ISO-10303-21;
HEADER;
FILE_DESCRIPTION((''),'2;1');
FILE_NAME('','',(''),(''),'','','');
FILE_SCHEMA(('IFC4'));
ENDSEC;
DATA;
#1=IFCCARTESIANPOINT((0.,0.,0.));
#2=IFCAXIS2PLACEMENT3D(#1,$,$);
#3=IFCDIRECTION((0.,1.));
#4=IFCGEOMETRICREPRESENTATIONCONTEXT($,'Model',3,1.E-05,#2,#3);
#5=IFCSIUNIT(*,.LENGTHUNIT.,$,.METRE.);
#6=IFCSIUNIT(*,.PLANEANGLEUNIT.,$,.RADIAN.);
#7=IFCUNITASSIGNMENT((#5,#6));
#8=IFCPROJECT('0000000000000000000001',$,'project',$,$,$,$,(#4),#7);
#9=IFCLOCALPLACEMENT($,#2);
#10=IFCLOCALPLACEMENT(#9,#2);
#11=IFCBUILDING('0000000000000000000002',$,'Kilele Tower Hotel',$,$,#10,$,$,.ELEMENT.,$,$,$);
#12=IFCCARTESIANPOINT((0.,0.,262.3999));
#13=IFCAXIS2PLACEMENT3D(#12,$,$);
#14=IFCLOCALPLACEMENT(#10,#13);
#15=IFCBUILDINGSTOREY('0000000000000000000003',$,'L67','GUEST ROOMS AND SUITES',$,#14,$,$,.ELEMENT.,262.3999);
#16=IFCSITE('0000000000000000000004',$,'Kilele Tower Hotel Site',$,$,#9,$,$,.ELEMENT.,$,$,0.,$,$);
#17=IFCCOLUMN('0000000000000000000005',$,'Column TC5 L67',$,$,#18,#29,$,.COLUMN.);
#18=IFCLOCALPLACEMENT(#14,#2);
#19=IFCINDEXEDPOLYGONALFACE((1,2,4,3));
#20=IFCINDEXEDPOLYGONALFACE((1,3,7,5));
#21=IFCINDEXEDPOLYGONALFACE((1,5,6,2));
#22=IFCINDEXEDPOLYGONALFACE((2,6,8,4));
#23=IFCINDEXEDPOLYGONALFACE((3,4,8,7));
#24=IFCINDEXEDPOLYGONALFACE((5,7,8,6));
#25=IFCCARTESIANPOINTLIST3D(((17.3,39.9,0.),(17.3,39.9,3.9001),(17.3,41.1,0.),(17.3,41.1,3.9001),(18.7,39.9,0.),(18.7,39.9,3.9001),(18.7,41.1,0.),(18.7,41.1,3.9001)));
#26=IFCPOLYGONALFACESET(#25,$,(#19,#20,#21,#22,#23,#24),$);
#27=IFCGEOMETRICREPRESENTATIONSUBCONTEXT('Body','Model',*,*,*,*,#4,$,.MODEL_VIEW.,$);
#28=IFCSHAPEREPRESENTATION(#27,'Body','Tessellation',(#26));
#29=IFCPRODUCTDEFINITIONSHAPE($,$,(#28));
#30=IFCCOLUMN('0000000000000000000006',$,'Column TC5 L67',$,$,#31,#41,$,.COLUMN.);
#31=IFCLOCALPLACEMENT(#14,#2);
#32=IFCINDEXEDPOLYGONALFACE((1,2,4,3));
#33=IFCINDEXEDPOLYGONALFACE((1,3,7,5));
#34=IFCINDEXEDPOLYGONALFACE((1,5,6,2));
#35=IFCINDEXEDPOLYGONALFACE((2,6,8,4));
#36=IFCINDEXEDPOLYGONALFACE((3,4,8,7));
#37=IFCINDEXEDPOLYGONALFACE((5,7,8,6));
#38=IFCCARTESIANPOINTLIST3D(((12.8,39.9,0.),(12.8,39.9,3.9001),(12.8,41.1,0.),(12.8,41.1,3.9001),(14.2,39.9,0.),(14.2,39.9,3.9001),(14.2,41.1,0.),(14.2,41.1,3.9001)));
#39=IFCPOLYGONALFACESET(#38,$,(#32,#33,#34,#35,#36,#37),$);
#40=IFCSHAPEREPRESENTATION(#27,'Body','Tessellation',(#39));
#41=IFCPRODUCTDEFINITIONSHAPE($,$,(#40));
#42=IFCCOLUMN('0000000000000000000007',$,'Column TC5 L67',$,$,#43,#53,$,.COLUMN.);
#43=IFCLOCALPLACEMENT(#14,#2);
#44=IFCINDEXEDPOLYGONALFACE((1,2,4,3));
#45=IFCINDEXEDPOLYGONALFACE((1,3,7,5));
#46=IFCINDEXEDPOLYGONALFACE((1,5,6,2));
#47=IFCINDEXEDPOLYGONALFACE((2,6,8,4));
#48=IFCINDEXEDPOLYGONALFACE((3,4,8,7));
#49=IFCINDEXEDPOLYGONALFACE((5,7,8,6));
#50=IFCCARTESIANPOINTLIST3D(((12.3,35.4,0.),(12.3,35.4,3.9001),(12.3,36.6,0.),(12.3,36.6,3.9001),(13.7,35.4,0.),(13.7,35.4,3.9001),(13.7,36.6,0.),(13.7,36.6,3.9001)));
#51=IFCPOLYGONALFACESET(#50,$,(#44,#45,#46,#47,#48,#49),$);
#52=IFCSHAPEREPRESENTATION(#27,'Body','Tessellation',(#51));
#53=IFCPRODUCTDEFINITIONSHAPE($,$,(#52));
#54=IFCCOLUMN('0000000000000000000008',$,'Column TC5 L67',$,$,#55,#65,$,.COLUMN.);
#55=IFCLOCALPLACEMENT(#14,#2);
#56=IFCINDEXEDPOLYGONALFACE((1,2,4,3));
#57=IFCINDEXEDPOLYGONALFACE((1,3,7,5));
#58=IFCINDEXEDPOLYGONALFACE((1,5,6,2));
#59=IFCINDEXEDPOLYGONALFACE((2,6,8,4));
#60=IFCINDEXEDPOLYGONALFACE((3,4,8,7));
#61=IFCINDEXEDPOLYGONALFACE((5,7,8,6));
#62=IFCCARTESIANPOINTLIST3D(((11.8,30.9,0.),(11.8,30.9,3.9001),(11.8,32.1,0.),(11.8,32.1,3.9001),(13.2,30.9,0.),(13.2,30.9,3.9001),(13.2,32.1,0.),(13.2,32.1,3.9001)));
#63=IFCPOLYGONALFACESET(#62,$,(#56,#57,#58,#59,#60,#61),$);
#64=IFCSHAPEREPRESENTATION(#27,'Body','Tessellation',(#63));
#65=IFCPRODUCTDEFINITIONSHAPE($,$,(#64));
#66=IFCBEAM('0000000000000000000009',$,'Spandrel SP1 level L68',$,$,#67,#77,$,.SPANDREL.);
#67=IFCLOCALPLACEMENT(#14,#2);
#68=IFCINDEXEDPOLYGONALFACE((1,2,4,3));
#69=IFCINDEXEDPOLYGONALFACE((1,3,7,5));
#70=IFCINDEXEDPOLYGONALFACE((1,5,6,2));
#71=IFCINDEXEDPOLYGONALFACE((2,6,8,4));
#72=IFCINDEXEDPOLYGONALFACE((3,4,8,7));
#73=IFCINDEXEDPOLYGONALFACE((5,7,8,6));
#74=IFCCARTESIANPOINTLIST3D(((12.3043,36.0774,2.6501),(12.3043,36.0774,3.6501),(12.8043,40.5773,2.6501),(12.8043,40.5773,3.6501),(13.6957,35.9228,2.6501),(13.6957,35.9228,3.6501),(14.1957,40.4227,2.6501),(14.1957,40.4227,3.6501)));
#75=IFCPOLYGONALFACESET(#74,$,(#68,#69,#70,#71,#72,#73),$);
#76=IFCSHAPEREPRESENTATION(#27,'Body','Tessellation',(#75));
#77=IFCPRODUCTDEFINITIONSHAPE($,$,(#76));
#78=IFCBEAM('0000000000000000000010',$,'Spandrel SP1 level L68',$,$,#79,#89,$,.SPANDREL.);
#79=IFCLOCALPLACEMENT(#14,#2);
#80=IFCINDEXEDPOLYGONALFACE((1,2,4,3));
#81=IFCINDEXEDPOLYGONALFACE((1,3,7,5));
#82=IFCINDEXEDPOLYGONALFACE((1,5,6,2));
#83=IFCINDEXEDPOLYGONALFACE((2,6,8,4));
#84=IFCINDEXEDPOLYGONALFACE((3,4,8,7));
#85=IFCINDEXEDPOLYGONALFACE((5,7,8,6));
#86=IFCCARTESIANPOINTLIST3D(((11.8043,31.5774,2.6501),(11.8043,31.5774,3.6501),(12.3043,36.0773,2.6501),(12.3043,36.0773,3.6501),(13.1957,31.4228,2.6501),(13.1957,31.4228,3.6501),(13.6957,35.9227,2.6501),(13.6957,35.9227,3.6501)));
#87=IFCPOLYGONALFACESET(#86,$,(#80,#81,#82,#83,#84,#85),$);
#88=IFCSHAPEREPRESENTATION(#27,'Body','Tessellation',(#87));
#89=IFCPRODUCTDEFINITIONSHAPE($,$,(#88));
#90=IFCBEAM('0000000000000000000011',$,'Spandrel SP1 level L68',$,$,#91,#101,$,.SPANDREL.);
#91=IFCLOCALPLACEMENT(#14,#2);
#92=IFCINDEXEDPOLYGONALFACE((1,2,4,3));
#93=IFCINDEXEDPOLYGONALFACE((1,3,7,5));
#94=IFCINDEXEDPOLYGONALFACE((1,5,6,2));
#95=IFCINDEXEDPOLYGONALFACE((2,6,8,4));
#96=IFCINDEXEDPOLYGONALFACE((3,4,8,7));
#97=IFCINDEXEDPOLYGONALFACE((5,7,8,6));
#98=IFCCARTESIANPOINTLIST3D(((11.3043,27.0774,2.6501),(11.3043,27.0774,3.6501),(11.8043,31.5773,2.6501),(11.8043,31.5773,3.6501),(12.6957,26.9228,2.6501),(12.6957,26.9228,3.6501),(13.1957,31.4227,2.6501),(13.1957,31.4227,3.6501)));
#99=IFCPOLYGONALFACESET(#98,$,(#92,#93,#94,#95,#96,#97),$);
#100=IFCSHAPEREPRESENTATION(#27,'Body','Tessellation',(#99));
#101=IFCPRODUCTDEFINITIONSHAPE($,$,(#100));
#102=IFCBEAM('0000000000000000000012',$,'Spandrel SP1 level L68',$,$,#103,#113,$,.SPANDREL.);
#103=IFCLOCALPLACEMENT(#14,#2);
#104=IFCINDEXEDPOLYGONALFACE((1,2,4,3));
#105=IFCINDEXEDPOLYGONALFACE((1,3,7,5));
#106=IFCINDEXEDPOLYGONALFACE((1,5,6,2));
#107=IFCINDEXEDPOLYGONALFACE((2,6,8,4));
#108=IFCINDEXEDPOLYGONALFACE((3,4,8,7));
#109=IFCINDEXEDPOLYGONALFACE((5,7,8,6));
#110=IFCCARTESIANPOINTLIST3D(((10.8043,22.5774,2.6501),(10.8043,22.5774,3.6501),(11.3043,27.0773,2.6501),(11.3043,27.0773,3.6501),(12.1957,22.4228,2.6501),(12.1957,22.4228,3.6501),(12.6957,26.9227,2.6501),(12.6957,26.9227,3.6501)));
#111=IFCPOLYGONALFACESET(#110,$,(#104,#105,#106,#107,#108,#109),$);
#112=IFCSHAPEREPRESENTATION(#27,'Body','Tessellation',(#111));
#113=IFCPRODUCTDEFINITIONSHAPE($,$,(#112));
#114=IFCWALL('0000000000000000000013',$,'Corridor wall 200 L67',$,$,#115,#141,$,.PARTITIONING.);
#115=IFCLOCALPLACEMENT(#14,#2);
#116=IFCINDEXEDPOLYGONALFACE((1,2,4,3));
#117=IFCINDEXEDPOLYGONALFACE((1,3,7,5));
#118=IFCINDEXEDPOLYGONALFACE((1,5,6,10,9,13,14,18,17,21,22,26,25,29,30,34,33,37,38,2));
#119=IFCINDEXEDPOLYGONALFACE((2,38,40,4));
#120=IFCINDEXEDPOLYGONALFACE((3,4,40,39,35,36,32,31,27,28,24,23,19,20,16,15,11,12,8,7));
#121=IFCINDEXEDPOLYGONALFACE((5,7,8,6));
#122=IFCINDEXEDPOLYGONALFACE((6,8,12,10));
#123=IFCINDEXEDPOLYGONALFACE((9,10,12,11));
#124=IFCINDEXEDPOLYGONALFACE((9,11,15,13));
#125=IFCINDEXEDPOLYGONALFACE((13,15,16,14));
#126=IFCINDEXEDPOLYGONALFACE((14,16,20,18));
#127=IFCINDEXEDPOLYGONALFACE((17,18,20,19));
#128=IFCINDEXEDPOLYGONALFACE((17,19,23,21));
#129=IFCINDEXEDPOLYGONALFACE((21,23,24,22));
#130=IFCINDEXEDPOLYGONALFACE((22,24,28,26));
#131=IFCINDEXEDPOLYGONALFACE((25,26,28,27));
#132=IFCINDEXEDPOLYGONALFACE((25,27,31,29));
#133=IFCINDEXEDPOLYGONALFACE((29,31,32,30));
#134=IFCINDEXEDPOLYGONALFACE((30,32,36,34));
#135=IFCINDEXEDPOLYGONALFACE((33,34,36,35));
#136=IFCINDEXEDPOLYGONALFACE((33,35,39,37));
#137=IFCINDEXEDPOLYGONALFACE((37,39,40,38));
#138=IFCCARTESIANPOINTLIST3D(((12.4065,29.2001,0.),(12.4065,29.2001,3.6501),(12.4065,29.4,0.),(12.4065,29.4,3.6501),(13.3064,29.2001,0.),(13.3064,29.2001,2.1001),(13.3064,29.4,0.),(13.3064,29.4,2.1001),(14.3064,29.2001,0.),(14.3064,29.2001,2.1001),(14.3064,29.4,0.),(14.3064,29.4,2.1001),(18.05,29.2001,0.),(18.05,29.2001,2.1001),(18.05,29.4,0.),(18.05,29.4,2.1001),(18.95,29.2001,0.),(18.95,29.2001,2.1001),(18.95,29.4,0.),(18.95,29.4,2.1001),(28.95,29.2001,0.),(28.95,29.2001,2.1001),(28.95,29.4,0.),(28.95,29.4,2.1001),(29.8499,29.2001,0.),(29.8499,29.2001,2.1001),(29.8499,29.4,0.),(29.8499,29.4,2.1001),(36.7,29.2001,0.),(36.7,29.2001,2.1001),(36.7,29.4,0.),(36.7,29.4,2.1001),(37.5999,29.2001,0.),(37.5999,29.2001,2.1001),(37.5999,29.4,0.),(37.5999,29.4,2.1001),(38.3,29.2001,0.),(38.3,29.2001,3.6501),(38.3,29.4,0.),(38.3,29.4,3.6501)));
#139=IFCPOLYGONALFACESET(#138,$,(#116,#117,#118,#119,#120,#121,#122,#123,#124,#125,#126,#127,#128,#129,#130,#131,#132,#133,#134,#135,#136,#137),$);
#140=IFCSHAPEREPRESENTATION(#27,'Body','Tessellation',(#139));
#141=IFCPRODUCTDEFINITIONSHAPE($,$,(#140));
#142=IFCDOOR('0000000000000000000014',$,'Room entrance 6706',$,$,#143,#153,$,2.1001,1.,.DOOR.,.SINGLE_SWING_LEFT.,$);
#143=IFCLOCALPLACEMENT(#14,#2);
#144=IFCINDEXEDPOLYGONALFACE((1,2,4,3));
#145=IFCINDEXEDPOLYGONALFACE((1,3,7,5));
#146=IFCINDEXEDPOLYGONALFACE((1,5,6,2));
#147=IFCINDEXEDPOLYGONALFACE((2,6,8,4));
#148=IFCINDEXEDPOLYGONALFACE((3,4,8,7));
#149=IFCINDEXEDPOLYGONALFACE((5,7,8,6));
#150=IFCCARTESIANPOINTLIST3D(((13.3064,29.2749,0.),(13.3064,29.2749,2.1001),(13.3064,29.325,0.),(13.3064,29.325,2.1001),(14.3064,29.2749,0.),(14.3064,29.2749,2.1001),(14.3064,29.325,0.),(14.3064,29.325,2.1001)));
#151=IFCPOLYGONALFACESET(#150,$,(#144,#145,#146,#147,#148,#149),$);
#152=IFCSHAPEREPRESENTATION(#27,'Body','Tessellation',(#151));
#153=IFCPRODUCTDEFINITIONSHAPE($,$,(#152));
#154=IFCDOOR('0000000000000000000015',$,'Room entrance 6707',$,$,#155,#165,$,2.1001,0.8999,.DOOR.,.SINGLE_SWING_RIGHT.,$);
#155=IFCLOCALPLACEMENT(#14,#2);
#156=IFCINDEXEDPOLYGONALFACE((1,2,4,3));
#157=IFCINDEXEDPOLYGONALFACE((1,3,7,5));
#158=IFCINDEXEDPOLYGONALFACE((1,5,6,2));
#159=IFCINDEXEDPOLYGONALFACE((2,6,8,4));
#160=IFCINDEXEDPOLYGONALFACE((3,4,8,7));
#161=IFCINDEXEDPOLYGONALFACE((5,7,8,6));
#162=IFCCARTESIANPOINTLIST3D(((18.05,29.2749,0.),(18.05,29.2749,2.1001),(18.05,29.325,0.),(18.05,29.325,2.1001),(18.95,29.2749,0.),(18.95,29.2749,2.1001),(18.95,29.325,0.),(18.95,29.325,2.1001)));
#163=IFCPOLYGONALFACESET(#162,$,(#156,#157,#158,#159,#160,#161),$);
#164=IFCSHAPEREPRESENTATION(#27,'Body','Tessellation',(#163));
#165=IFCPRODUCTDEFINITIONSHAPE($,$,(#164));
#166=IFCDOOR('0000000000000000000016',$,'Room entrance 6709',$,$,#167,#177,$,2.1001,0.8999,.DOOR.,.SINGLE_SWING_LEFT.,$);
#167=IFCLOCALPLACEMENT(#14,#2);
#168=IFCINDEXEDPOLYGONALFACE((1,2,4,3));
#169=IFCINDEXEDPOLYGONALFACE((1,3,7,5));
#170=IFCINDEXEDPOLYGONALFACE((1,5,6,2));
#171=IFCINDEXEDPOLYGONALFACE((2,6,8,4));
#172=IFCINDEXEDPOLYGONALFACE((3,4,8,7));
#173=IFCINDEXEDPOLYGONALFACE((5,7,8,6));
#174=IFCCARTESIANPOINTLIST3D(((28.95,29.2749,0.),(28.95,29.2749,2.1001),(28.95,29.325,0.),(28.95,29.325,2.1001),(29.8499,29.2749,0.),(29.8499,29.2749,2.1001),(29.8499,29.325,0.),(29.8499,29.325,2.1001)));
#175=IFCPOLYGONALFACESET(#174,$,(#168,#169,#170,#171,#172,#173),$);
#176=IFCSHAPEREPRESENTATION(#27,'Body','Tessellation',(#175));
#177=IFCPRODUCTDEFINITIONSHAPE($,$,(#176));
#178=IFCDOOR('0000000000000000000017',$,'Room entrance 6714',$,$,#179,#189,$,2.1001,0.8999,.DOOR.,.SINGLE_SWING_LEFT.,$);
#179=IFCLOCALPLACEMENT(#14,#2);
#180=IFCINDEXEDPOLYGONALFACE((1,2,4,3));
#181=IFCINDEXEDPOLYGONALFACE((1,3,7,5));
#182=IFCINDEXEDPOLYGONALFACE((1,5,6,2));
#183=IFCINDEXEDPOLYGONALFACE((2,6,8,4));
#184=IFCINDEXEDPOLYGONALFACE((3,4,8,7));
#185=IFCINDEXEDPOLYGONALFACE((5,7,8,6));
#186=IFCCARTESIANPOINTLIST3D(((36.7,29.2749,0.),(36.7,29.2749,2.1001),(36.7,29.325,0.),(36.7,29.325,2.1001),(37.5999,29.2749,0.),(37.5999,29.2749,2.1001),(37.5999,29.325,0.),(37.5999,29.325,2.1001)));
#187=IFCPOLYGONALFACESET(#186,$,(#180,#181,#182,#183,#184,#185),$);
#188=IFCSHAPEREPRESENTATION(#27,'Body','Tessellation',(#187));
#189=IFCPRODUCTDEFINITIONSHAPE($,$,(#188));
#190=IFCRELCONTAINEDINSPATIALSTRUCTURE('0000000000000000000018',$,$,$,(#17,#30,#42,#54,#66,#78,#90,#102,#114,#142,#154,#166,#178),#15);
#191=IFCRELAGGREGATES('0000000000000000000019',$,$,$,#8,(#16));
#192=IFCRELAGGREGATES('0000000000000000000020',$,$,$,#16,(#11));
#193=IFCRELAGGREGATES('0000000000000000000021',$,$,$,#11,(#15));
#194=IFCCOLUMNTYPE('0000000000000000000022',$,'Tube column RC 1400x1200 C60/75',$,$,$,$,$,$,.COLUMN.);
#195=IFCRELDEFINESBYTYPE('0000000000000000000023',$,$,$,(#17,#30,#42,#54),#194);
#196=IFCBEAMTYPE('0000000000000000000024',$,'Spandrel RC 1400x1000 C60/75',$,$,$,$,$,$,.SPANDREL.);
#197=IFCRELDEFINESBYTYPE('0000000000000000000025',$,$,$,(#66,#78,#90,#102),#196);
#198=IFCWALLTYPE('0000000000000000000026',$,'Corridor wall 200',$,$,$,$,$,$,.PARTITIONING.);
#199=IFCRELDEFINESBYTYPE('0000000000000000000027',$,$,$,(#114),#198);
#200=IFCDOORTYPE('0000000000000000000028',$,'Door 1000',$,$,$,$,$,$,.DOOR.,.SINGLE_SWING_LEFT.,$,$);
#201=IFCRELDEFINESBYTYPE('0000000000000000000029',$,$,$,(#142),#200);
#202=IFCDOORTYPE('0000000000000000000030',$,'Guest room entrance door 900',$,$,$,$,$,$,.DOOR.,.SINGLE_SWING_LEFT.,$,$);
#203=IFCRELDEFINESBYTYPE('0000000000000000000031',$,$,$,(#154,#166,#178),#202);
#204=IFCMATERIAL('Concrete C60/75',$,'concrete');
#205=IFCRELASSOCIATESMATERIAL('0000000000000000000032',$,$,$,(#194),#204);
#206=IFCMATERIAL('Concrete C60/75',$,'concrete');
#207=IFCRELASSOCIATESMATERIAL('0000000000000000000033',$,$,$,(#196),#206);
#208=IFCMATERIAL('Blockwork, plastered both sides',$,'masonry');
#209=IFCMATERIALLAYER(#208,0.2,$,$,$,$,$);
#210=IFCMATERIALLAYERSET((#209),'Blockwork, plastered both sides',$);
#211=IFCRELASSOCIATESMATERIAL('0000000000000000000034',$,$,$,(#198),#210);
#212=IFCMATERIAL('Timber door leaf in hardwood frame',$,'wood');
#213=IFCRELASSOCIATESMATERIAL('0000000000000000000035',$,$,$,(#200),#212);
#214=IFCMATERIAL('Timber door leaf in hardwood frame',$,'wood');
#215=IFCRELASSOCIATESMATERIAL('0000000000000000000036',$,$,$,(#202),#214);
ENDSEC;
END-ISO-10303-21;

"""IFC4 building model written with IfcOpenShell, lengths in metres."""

from ifc_helpers import new_model, si_unit, direction, frame, frame_2d, origin, origin_2d, place, context, subcontext, project, spatial, rectangle, extrude, material, layer, layer_set, material_profile, profile_set, type_object, element, fill, save


model = new_model("IFC4")

# Units and contexts
model_context = context("Model", 3, precision=1e-05, world=origin(), true_north=direction((0.0, 1.0)))
body_context = subcontext(model_context, "Body", "Model", "MODEL_VIEW")
ifc_project = project(units=[si_unit("LENGTHUNIT", "METRE"), si_unit("PLANEANGLEUNIT", "RADIAN")], contexts=[model_context])

# Site, building, storey
site_placement = place(None, origin())
site = spatial("IfcSite", under=ifc_project, at=site_placement, Name="Kilele Tower Hotel Site", CompositionType="ELEMENT", RefElevation=0.0)
building_placement = place(site_placement, origin())
building = spatial("IfcBuilding", under=site, at=building_placement, Name="Kilele Tower Hotel", CompositionType="ELEMENT")
storey_placement = place(building_placement, frame((0.0, 0.0, 262.3999)))
storey = spatial("IfcBuildingStorey", under=building, at=storey_placement, Name="L67", Description="GUEST ROOMS AND SUITES", CompositionType="ELEMENT", Elevation=262.3999)

# Columns
ifc_material_1 = material(Name="Concrete C60/75", Category="concrete")
ifc_material_profile_1 = material_profile(ifc_material_1, rectangle(XDim=1.3999, YDim=1.2, at=origin_2d()))
ifc_profile_set_1 = profile_set([ifc_material_profile_1], Name="Concrete C60/75")
column_type = type_object("IfcColumnType", Name="Tube column RC 1400x1200 C60/75", PredefinedType="COLUMN", material=ifc_profile_set_1)
for number, where, z_axis, x_axis, name in (
    (1, (18.0, 40.5, 0.0), (0.0, 0.0, 1.0), (1.0, 0.0, 0.0), "Column TC5 L67"),
    (2, (13.5, 40.5, 0.0), (0.0, 0.0, 1.0), (1.0, 0.0, 0.0), "Column TC5 L67"),
    (3, (13.0, 36.0, 0.0), (0.0, 0.0, 1.0), (1.0, 0.0, 0.0), "Column TC5 L67"),
    (4, (12.5, 31.5, 0.0), (0.0, 0.0, 1.0), (1.0, 0.0, 0.0), "Column TC5 L67"),
):
    element("IfcColumn", number, at=place(storey_placement, frame(where, z_axis=z_axis, x_axis=x_axis)), inside=storey, type_object=column_type, Name=name, PredefinedType="COLUMN", context=body_context, shape_type="SweptSolid", body=[
        extrude(rectangle(XDim=1.3999, YDim=1.2, at=origin_2d()), origin(), (0.0, 0.0, 1.0), 3.9001),
    ])

# Beams
ifc_material_2 = material(Name="Concrete C60/75", Category="concrete")
ifc_material_profile_2 = material_profile(ifc_material_2, rectangle(XDim=1.3999, YDim=1.0, at=origin_2d()))
ifc_profile_set_2 = profile_set([ifc_material_profile_2], Name="Concrete C60/75")
beam_type = type_object("IfcBeamType", Name="Spandrel RC 1400x1000 C60/75", PredefinedType="SPANDREL", material=ifc_profile_set_2)
for number, where, z_axis, x_axis, name in (
    (5, (13.5, 40.5, 3.1501), (-0.110432, -0.993884, 0.0), (0.993884, -0.110432, 0.0), "Spandrel SP1 level L68"),
    (6, (13.0, 36.0, 3.1501), (-0.110432, -0.993884, 0.0), (0.993884, -0.110432, 0.0), "Spandrel SP1 level L68"),
    (7, (12.5, 31.5, 3.1501), (-0.110432, -0.993884, 0.0), (0.993884, -0.110432, 0.0), "Spandrel SP1 level L68"),
    (8, (12.0, 27.0, 3.1501), (-0.110432, -0.993884, 0.0), (0.993884, -0.110432, 0.0), "Spandrel SP1 level L68"),
):
    element("IfcBeam", number, at=place(storey_placement, frame(where, z_axis=z_axis, x_axis=x_axis)), inside=storey, type_object=beam_type, Name=name, PredefinedType="SPANDREL", context=body_context, shape_type="SweptSolid", body=[
        extrude(rectangle(XDim=1.3999, YDim=1.0, at=origin_2d()), origin(), (0.0, 0.0, 1.0), 4.5276),
    ])

# Wall, openings, doors
ifc_material_3 = material(Name="Blockwork, plastered both sides", Category="masonry")
ifc_layer_1 = layer(ifc_material_3, 0.2)
ifc_layer_set_1 = layer_set([ifc_layer_1], Name="Blockwork, plastered both sides")
wall_type_1 = type_object("IfcWallType", Name="Corridor wall 200", PredefinedType="PARTITIONING", material=ifc_layer_set_1)
wall_1_placement = place(storey_placement, frame((12.4065, 29.3, 0.0), z_axis=(0.0, 0.0, 1.0), x_axis=(1.0, 0.0, 0.0)))
wall_1 = element("IfcWall", 9, at=wall_1_placement, inside=storey, type_object=wall_type_1, Name="Corridor wall 200 L67", PredefinedType="PARTITIONING", context=body_context, shape_type="SweptSolid", body=[
    extrude(rectangle(XDim=25.8936, YDim=0.2, at=frame_2d((12.9468, 0.0))), origin(), (0.0, 0.0, 1.0), 3.6501),
])
opening_1_placement = place(wall_1_placement, frame((0.8999, 0.0, 0.0)))
opening_1 = element("IfcOpeningElement", 10, at=opening_1_placement, cuts=wall_1, PredefinedType="OPENING", context=body_context, shape_type="SweptSolid", body=[
    extrude(rectangle(XDim=1.0, YDim=2.1001, at=frame_2d((0.5, 1.05))), frame((0.0, 0.1099, 0.0), z_axis=(0.0, -1.0, 0.0), x_axis=(1.0, 0.0, 0.0)), (0.0, 0.0, 1.0), 0.22),
])
opening_2_placement = place(wall_1_placement, frame((5.6436, 0.0, 0.0)))
opening_2 = element("IfcOpeningElement", 11, at=opening_2_placement, cuts=wall_1, PredefinedType="OPENING", context=body_context, shape_type="SweptSolid", body=[
    extrude(rectangle(XDim=0.8999, YDim=2.1001, at=frame_2d((0.45, 1.05))), frame((0.0, 0.1099, 0.0), z_axis=(0.0, -1.0, 0.0), x_axis=(1.0, 0.0, 0.0)), (0.0, 0.0, 1.0), 0.22),
])
opening_3_placement = place(wall_1_placement, frame((16.5435, 0.0, 0.0)))
opening_3 = element("IfcOpeningElement", 12, at=opening_3_placement, cuts=wall_1, PredefinedType="OPENING", context=body_context, shape_type="SweptSolid", body=[
    extrude(rectangle(XDim=0.8999, YDim=2.1001, at=frame_2d((0.45, 1.05))), frame((0.0, 0.1099, 0.0), z_axis=(0.0, -1.0, 0.0), x_axis=(1.0, 0.0, 0.0)), (0.0, 0.0, 1.0), 0.22),
])
opening_4_placement = place(wall_1_placement, frame((24.2935, 0.0, 0.0)))
opening_4 = element("IfcOpeningElement", 13, at=opening_4_placement, cuts=wall_1, PredefinedType="OPENING", context=body_context, shape_type="SweptSolid", body=[
    extrude(rectangle(XDim=0.8999, YDim=2.1001, at=frame_2d((0.45, 1.05))), frame((0.0, 0.1099, 0.0), z_axis=(0.0, -1.0, 0.0), x_axis=(1.0, 0.0, 0.0)), (0.0, 0.0, 1.0), 0.22),
])
ifc_material_4 = material(Name="Timber door leaf in hardwood frame", Category="wood")
door_type_1 = type_object("IfcDoorType", Name="Door 1000", OperationType="SINGLE_SWING_LEFT", PredefinedType="DOOR", material=ifc_material_4)
door_1_placement = place(opening_1_placement, origin())
door_1 = element("IfcDoor", 14, at=door_1_placement, inside=storey, type_object=door_type_1, Name="Room entrance 6706", OperationType="SINGLE_SWING_LEFT", OverallHeight=2.1001, OverallWidth=1.0, PredefinedType="DOOR", context=body_context, shape_type="SweptSolid", body=[
    extrude(rectangle(XDim=1.0, YDim=2.1001, at=frame_2d((0.5, 1.05))), frame((0.0, 0.0249, 0.0), z_axis=(0.0, -1.0, 0.0), x_axis=(1.0, 0.0, 0.0)), (0.0, 0.0, 1.0), 0.05),
])
fill(opening_1, door_1)
ifc_material_5 = material(Name="Timber door leaf in hardwood frame", Category="wood")
door_type_2 = type_object("IfcDoorType", Name="Guest room entrance door 900", OperationType="SINGLE_SWING_LEFT", PredefinedType="DOOR", material=ifc_material_5)
door_2_placement = place(opening_2_placement, origin())
door_2 = element("IfcDoor", 15, at=door_2_placement, inside=storey, type_object=door_type_2, Name="Room entrance 6707", OperationType="SINGLE_SWING_RIGHT", OverallHeight=2.1001, OverallWidth=0.8999, PredefinedType="DOOR", context=body_context, shape_type="SweptSolid", body=[
    extrude(rectangle(XDim=0.8999, YDim=2.1001, at=frame_2d((0.45, 1.05))), frame((0.0, 0.0249, 0.0), z_axis=(0.0, -1.0, 0.0), x_axis=(1.0, 0.0, 0.0)), (0.0, 0.0, 1.0), 0.05),
])
fill(opening_2, door_2)
door_3_placement = place(opening_3_placement, origin())
door_3 = element("IfcDoor", 16, at=door_3_placement, inside=storey, type_object=door_type_2, Name="Room entrance 6709", OperationType="SINGLE_SWING_LEFT", OverallHeight=2.1001, OverallWidth=0.8999, PredefinedType="DOOR", context=body_context, shape_type="SweptSolid", body=[
    extrude(rectangle(XDim=0.8999, YDim=2.1001, at=frame_2d((0.45, 1.05))), frame((0.0, 0.0249, 0.0), z_axis=(0.0, -1.0, 0.0), x_axis=(1.0, 0.0, 0.0)), (0.0, 0.0, 1.0), 0.05),
])
fill(opening_3, door_3)
door_4_placement = place(opening_4_placement, origin())
door_4 = element("IfcDoor", 17, at=door_4_placement, inside=storey, type_object=door_type_2, Name="Room entrance 6714", OperationType="SINGLE_SWING_LEFT", OverallHeight=2.1001, OverallWidth=0.8999, PredefinedType="DOOR", context=body_context, shape_type="SweptSolid", body=[
    extrude(rectangle(XDim=0.8999, YDim=2.1001, at=frame_2d((0.45, 1.05))), frame((0.0, 0.0249, 0.0), z_axis=(0.0, -1.0, 0.0), x_axis=(1.0, 0.0, 0.0)), (0.0, 0.0, 1.0), 0.05),
])
fill(opening_4, door_4)

save(model, "model.ifc")
